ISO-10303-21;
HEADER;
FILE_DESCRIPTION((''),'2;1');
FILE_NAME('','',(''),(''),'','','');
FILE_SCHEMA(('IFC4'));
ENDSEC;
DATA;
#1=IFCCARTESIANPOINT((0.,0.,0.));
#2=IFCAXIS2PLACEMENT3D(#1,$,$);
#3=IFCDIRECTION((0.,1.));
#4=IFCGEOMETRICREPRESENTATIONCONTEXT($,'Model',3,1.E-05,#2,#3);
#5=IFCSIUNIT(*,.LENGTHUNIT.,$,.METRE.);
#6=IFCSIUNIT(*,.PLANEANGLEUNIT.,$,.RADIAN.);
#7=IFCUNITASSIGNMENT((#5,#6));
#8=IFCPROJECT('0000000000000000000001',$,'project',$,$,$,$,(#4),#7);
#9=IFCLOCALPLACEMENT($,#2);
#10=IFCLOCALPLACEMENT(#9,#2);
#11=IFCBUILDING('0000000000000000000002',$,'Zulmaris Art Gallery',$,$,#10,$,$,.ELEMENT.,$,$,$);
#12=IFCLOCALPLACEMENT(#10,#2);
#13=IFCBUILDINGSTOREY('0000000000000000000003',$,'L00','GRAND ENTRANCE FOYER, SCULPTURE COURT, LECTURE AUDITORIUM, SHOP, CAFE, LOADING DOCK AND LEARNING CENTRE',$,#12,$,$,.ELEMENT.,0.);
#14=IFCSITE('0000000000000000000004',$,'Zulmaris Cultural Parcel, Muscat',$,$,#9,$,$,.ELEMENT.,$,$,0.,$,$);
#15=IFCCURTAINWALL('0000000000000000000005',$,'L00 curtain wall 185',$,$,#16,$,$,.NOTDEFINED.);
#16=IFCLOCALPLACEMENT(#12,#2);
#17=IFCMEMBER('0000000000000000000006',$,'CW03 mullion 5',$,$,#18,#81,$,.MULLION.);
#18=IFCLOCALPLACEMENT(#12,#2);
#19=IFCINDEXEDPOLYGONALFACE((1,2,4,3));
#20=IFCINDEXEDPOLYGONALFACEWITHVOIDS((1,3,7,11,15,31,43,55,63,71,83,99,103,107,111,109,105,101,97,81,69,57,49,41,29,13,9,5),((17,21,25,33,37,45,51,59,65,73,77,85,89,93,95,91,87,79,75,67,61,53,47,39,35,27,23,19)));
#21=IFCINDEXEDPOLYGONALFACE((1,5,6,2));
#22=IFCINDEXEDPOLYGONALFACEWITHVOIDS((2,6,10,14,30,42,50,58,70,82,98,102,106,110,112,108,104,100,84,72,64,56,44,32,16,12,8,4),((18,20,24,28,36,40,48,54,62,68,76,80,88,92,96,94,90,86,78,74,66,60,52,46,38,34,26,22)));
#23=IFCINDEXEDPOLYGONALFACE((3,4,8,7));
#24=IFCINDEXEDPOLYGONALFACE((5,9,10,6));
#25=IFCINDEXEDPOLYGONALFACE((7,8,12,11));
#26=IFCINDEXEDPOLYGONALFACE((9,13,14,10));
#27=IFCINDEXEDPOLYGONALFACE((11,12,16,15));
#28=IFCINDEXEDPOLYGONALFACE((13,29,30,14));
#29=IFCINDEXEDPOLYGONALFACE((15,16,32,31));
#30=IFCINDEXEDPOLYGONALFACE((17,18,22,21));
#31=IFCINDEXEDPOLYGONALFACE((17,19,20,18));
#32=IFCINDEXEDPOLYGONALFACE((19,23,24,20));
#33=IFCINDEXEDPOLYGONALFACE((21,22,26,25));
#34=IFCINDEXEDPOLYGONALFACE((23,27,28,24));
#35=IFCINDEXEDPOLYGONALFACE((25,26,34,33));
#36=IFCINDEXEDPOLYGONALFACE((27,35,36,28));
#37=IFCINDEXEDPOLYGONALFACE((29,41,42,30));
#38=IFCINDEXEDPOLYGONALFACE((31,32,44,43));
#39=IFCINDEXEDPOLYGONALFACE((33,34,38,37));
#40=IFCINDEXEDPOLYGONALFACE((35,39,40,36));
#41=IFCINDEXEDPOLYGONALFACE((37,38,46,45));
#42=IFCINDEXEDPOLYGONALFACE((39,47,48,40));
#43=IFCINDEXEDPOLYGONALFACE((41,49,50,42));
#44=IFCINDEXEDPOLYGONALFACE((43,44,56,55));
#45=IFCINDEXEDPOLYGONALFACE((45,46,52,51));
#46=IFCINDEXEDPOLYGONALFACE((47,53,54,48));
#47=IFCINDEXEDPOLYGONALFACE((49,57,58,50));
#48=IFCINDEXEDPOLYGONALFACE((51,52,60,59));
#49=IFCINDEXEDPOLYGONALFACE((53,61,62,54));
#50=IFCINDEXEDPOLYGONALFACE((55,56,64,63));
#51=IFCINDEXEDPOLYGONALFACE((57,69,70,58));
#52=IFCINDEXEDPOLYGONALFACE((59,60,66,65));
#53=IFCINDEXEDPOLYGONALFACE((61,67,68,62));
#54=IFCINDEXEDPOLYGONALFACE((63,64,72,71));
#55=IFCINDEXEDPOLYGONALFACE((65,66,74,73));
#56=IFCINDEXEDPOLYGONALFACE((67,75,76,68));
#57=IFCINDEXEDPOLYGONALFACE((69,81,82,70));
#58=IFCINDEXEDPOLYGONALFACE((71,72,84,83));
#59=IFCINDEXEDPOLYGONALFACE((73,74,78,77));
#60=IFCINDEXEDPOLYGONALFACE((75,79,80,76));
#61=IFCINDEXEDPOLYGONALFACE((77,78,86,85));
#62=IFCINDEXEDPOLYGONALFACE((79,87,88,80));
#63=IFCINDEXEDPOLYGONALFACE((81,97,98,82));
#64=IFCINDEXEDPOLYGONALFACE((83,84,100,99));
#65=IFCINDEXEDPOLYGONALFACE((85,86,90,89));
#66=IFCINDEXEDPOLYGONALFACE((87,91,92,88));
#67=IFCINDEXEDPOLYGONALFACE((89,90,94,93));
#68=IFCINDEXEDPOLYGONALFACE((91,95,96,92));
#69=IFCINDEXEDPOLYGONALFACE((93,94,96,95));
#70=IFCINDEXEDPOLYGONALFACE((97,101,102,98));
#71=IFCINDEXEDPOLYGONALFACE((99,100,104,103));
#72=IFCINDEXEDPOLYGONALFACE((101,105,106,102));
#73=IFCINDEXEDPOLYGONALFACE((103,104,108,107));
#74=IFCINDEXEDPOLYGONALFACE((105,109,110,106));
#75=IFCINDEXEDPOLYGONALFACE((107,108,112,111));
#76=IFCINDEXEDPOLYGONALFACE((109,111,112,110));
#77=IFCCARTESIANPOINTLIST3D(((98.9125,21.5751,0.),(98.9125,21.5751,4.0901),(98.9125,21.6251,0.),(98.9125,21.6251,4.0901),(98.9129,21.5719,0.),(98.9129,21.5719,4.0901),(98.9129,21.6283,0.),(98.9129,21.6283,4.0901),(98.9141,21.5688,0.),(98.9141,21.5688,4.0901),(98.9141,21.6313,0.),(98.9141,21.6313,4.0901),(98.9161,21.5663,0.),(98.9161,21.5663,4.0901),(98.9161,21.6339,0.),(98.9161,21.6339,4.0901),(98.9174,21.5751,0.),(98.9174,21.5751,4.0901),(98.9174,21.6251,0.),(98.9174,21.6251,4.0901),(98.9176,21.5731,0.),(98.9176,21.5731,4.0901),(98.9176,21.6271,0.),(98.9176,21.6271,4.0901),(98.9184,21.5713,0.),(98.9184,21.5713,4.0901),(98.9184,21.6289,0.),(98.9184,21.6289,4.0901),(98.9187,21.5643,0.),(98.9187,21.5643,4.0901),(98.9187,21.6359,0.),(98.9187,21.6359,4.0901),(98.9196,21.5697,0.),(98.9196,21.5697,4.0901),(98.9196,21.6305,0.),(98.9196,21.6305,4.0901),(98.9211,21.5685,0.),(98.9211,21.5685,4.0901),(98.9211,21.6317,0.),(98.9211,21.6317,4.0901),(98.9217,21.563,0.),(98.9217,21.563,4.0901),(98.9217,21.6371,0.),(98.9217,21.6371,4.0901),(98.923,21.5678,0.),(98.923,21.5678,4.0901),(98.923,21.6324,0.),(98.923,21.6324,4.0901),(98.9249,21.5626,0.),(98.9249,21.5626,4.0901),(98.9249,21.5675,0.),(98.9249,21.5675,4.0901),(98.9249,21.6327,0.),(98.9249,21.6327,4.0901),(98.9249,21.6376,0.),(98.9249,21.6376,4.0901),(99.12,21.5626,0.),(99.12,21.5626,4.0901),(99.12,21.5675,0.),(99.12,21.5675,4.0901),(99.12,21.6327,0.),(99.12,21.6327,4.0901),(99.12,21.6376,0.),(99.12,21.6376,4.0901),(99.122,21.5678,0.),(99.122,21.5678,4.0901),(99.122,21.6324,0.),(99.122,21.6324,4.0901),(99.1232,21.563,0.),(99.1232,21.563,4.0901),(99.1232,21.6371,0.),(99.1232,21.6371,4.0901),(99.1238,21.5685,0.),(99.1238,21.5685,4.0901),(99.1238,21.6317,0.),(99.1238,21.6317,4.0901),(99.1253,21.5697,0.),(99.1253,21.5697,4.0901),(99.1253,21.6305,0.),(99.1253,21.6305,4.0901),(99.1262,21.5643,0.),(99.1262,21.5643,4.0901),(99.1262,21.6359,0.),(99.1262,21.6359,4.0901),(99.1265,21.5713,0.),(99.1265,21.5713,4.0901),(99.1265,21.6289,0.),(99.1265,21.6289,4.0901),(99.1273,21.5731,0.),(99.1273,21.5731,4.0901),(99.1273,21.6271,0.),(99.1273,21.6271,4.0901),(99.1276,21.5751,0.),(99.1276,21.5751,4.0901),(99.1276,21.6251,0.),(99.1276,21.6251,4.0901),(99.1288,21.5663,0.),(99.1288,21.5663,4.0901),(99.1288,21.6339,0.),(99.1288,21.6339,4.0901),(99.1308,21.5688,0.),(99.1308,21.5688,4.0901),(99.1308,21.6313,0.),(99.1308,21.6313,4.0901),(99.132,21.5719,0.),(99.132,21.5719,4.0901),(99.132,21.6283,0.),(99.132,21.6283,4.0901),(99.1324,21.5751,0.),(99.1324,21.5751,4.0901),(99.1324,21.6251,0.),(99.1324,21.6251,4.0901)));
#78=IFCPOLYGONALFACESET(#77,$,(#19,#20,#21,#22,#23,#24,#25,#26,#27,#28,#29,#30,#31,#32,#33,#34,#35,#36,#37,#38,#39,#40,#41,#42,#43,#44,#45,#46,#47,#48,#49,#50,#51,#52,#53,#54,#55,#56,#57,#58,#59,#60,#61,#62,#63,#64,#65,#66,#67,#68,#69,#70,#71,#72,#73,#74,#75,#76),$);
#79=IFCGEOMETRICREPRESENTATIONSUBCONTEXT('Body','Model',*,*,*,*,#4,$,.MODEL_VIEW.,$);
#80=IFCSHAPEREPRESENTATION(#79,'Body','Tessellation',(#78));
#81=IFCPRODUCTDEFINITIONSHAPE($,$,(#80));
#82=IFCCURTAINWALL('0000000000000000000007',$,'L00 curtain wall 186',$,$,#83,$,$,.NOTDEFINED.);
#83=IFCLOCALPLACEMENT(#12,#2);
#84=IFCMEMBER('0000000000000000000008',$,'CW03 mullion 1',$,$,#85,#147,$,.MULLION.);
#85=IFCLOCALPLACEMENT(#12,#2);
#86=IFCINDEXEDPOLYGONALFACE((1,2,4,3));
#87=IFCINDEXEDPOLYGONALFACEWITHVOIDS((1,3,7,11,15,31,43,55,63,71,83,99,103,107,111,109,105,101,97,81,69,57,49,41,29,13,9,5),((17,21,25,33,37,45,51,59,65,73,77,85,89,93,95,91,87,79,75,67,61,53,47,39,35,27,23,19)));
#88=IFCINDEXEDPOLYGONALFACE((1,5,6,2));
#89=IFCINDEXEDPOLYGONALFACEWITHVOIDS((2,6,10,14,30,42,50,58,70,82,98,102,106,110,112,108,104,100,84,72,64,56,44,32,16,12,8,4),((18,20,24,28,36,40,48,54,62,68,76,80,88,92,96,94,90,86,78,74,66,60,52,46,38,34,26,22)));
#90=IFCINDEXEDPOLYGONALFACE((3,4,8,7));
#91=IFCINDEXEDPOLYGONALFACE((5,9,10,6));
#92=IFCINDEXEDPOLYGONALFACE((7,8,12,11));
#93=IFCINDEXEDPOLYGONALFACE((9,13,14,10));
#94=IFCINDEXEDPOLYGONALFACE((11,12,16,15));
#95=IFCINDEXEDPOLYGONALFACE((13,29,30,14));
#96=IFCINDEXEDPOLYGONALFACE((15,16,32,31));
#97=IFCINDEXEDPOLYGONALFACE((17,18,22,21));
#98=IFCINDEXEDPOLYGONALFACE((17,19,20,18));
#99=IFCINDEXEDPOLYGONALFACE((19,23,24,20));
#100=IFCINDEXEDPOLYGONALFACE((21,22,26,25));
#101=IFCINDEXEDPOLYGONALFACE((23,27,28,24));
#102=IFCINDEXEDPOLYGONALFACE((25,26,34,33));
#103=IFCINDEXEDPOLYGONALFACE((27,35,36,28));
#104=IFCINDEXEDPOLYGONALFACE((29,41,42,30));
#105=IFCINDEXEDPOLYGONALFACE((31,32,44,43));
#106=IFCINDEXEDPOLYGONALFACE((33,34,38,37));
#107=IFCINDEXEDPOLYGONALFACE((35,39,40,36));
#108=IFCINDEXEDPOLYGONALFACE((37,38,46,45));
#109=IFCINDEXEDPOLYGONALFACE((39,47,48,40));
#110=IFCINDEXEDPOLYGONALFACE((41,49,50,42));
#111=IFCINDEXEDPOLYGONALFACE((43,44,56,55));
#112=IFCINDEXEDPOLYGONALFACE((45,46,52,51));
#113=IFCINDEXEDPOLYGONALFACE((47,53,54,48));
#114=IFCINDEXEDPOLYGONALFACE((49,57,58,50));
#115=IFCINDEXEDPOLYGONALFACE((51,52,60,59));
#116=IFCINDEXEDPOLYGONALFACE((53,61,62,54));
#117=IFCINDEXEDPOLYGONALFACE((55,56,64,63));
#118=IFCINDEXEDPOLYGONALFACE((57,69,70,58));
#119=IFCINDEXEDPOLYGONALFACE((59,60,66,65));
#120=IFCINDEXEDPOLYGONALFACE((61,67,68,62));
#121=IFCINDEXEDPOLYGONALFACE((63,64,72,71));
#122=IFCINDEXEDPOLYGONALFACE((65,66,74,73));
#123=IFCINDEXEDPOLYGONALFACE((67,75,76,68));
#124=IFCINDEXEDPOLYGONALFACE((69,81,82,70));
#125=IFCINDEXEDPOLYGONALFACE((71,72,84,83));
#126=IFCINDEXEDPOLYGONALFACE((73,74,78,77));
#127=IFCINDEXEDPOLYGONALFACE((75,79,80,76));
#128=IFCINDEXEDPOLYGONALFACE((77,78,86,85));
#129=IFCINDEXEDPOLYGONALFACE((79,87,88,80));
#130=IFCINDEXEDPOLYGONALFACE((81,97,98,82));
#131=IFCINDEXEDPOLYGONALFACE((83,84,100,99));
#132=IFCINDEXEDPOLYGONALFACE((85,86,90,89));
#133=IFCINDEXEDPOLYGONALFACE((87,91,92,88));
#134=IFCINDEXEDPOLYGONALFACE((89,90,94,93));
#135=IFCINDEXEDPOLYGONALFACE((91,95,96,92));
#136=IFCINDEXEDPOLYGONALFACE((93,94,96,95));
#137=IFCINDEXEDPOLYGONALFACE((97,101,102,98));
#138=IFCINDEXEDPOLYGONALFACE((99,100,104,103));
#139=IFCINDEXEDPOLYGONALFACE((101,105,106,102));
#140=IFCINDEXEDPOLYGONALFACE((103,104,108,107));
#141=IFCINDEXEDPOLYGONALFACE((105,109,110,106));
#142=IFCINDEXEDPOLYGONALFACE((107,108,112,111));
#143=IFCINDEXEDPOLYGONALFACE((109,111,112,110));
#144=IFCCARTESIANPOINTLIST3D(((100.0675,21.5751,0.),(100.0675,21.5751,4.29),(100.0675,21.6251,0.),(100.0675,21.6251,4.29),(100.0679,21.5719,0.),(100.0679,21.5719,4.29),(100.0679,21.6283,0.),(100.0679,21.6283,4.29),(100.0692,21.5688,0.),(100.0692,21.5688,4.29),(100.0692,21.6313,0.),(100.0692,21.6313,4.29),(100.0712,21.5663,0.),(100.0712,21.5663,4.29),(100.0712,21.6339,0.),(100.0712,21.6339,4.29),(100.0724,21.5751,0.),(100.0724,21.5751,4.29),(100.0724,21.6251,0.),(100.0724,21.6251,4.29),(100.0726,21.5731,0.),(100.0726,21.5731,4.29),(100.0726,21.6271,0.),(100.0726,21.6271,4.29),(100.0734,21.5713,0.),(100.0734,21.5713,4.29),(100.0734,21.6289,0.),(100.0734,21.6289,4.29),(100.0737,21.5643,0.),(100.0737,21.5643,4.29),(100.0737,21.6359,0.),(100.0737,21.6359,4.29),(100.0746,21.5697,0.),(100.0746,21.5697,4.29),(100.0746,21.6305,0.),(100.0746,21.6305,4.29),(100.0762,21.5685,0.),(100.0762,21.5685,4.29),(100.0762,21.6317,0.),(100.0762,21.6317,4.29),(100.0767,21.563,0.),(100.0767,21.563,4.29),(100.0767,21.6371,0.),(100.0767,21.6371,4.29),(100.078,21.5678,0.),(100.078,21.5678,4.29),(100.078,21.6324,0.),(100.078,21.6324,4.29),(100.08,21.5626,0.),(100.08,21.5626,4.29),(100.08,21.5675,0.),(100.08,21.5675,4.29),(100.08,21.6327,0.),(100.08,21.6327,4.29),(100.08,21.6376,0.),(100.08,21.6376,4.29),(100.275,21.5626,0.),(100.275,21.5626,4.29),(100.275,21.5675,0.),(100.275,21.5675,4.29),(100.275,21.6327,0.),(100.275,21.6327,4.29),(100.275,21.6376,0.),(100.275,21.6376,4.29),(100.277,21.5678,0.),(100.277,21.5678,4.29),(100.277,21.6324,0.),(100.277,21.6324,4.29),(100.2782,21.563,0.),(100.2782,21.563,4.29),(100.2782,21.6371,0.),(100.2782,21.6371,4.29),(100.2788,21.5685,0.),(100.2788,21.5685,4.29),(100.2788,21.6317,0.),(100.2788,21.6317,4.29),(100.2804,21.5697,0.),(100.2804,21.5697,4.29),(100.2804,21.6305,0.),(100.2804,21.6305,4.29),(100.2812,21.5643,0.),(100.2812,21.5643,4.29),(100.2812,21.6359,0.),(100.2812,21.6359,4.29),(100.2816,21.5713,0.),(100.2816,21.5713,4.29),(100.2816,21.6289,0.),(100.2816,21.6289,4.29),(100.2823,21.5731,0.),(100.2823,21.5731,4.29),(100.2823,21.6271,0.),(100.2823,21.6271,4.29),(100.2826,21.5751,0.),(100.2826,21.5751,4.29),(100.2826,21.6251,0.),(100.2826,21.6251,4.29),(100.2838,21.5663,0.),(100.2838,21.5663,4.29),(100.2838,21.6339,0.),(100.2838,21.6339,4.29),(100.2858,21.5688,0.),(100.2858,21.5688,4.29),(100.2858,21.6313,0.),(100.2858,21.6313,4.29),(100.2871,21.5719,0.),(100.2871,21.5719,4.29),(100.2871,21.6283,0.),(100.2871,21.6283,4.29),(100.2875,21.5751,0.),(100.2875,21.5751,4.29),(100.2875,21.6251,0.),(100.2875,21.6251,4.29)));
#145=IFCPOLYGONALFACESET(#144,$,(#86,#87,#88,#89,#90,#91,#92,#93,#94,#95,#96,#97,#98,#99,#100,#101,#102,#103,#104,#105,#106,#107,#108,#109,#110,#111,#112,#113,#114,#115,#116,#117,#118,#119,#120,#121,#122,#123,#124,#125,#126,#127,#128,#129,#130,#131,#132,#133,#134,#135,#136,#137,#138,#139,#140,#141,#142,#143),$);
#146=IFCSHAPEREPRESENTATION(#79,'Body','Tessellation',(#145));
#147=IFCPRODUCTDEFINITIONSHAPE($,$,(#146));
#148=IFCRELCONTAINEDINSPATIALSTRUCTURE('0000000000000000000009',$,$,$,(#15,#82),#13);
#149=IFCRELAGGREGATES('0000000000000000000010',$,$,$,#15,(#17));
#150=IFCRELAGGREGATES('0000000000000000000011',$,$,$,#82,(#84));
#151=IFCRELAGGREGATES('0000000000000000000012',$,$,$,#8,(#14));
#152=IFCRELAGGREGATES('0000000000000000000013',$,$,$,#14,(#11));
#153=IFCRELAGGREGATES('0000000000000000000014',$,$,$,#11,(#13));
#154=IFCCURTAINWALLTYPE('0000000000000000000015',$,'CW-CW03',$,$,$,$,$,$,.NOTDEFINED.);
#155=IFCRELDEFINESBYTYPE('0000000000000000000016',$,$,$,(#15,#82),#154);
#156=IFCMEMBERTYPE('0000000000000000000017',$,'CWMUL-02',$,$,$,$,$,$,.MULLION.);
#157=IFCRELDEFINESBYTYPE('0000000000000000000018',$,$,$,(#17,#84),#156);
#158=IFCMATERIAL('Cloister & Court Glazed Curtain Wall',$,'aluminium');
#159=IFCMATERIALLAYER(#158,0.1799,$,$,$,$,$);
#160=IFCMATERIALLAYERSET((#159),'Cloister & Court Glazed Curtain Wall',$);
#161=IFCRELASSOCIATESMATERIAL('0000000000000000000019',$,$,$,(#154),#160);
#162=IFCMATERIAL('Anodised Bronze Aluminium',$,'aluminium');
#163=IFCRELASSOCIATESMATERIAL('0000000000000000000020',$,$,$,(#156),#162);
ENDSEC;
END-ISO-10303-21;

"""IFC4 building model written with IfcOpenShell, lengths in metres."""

from ifc_helpers import new_model, si_unit, direction, frame, origin, origin_2d, place, context, subcontext, project, spatial, hollow_rectangle, extrude, material, layer, layer_set, material_profile, profile_set, type_object, element, aggregate, save


model = new_model("IFC4")

# Units and contexts
model_context = context("Model", 3, precision=1e-05, world=origin(), true_north=direction((0.0, 1.0)))
body_context = subcontext(model_context, "Body", "Model", "MODEL_VIEW")
ifc_project = project(units=[si_unit("LENGTHUNIT", "METRE"), si_unit("PLANEANGLEUNIT", "RADIAN")], contexts=[model_context])

# Site, building, storey
site_placement = place(None, origin())
site = spatial("IfcSite", under=ifc_project, at=site_placement, Name="Zulmaris Cultural Parcel, Muscat", CompositionType="ELEMENT", RefElevation=0.0)
building_placement = place(site_placement, origin())
building = spatial("IfcBuilding", under=site, at=building_placement, Name="Zulmaris Art Gallery", CompositionType="ELEMENT")
storey_placement = place(building_placement, origin())
storey = spatial("IfcBuildingStorey", under=building, at=storey_placement, Name="L00", Description="GRAND ENTRANCE FOYER, SCULPTURE COURT, LECTURE AUDITORIUM, SHOP, CAFE, LOADING DOCK AND LEARNING CENTRE", CompositionType="ELEMENT", Elevation=0.0)

# Curtain wall, member
ifc_material_1 = material(Name="Cloister & Court Glazed Curtain Wall", Category="aluminium")
ifc_layer_1 = layer(ifc_material_1, 0.1799)
ifc_layer_set_1 = layer_set([ifc_layer_1], Name="Cloister & Court Glazed Curtain Wall")
curtain_wall_type = type_object("IfcCurtainWallType", Name="CW-CW03", PredefinedType="NOTDEFINED", material=ifc_layer_set_1)
curtain_wall_1_placement = place(storey_placement, origin())
curtain_wall_1 = element("IfcCurtainWall", 1, at=curtain_wall_1_placement, inside=storey, type_object=curtain_wall_type, Name="L00 curtain wall 185", PredefinedType="NOTDEFINED")
ifc_material_2 = material(Name="Anodised Bronze Aluminium", Category="aluminium")
ifc_material_profile_1 = material_profile(ifc_material_2, hollow_rectangle(XDim=0.075, YDim=0.22, WallThickness=0.0049, InnerFilletRadius=0.0076, OuterFilletRadius=0.0125, at=origin_2d()), Name="ALU 75x220x5")
ifc_profile_set_1 = profile_set([ifc_material_profile_1], Name="Anodised Bronze Aluminium")
member_type_1 = type_object("IfcMemberType", Name="CWMUL-02", PredefinedType="MULLION", material=ifc_profile_set_1)
member_1_placement = place(storey_placement, frame((99.0225, 21.6001, 0.0), z_axis=(0.0, 0.0, 1.0), x_axis=(0.0, 1.0, 0.0)))
member_1 = element("IfcMember", 2, at=member_1_placement, type_object=member_type_1, Name="CW03 mullion 5", PredefinedType="MULLION", context=body_context, shape_type="SweptSolid", body=[
    extrude(hollow_rectangle(XDim=0.075, YDim=0.22, WallThickness=0.0049, InnerFilletRadius=0.0076, OuterFilletRadius=0.0125, at=origin_2d()), origin(), (0.0, 0.0, 1.0), 4.0901),
])

# Curtain wall, member
curtain_wall_2_placement = place(storey_placement, origin())
curtain_wall_2 = element("IfcCurtainWall", 3, at=curtain_wall_2_placement, inside=storey, type_object=curtain_wall_type, Name="L00 curtain wall 186", PredefinedType="NOTDEFINED")
member_2_placement = place(storey_placement, frame((100.1775, 21.6001, 0.0), z_axis=(0.0, 0.0, 1.0), x_axis=(0.0, 1.0, 0.0)))
member_2 = element("IfcMember", 4, at=member_2_placement, type_object=member_type_1, Name="CW03 mullion 1", PredefinedType="MULLION", context=body_context, shape_type="SweptSolid", body=[
    extrude(hollow_rectangle(XDim=0.075, YDim=0.22, WallThickness=0.0049, InnerFilletRadius=0.0076, OuterFilletRadius=0.0125, at=origin_2d()), origin(), (0.0, 0.0, 1.0), 4.29),
])

aggregate(curtain_wall_1, [member_1])
aggregate(curtain_wall_2, [member_2])

save(model, "model.ifc")
